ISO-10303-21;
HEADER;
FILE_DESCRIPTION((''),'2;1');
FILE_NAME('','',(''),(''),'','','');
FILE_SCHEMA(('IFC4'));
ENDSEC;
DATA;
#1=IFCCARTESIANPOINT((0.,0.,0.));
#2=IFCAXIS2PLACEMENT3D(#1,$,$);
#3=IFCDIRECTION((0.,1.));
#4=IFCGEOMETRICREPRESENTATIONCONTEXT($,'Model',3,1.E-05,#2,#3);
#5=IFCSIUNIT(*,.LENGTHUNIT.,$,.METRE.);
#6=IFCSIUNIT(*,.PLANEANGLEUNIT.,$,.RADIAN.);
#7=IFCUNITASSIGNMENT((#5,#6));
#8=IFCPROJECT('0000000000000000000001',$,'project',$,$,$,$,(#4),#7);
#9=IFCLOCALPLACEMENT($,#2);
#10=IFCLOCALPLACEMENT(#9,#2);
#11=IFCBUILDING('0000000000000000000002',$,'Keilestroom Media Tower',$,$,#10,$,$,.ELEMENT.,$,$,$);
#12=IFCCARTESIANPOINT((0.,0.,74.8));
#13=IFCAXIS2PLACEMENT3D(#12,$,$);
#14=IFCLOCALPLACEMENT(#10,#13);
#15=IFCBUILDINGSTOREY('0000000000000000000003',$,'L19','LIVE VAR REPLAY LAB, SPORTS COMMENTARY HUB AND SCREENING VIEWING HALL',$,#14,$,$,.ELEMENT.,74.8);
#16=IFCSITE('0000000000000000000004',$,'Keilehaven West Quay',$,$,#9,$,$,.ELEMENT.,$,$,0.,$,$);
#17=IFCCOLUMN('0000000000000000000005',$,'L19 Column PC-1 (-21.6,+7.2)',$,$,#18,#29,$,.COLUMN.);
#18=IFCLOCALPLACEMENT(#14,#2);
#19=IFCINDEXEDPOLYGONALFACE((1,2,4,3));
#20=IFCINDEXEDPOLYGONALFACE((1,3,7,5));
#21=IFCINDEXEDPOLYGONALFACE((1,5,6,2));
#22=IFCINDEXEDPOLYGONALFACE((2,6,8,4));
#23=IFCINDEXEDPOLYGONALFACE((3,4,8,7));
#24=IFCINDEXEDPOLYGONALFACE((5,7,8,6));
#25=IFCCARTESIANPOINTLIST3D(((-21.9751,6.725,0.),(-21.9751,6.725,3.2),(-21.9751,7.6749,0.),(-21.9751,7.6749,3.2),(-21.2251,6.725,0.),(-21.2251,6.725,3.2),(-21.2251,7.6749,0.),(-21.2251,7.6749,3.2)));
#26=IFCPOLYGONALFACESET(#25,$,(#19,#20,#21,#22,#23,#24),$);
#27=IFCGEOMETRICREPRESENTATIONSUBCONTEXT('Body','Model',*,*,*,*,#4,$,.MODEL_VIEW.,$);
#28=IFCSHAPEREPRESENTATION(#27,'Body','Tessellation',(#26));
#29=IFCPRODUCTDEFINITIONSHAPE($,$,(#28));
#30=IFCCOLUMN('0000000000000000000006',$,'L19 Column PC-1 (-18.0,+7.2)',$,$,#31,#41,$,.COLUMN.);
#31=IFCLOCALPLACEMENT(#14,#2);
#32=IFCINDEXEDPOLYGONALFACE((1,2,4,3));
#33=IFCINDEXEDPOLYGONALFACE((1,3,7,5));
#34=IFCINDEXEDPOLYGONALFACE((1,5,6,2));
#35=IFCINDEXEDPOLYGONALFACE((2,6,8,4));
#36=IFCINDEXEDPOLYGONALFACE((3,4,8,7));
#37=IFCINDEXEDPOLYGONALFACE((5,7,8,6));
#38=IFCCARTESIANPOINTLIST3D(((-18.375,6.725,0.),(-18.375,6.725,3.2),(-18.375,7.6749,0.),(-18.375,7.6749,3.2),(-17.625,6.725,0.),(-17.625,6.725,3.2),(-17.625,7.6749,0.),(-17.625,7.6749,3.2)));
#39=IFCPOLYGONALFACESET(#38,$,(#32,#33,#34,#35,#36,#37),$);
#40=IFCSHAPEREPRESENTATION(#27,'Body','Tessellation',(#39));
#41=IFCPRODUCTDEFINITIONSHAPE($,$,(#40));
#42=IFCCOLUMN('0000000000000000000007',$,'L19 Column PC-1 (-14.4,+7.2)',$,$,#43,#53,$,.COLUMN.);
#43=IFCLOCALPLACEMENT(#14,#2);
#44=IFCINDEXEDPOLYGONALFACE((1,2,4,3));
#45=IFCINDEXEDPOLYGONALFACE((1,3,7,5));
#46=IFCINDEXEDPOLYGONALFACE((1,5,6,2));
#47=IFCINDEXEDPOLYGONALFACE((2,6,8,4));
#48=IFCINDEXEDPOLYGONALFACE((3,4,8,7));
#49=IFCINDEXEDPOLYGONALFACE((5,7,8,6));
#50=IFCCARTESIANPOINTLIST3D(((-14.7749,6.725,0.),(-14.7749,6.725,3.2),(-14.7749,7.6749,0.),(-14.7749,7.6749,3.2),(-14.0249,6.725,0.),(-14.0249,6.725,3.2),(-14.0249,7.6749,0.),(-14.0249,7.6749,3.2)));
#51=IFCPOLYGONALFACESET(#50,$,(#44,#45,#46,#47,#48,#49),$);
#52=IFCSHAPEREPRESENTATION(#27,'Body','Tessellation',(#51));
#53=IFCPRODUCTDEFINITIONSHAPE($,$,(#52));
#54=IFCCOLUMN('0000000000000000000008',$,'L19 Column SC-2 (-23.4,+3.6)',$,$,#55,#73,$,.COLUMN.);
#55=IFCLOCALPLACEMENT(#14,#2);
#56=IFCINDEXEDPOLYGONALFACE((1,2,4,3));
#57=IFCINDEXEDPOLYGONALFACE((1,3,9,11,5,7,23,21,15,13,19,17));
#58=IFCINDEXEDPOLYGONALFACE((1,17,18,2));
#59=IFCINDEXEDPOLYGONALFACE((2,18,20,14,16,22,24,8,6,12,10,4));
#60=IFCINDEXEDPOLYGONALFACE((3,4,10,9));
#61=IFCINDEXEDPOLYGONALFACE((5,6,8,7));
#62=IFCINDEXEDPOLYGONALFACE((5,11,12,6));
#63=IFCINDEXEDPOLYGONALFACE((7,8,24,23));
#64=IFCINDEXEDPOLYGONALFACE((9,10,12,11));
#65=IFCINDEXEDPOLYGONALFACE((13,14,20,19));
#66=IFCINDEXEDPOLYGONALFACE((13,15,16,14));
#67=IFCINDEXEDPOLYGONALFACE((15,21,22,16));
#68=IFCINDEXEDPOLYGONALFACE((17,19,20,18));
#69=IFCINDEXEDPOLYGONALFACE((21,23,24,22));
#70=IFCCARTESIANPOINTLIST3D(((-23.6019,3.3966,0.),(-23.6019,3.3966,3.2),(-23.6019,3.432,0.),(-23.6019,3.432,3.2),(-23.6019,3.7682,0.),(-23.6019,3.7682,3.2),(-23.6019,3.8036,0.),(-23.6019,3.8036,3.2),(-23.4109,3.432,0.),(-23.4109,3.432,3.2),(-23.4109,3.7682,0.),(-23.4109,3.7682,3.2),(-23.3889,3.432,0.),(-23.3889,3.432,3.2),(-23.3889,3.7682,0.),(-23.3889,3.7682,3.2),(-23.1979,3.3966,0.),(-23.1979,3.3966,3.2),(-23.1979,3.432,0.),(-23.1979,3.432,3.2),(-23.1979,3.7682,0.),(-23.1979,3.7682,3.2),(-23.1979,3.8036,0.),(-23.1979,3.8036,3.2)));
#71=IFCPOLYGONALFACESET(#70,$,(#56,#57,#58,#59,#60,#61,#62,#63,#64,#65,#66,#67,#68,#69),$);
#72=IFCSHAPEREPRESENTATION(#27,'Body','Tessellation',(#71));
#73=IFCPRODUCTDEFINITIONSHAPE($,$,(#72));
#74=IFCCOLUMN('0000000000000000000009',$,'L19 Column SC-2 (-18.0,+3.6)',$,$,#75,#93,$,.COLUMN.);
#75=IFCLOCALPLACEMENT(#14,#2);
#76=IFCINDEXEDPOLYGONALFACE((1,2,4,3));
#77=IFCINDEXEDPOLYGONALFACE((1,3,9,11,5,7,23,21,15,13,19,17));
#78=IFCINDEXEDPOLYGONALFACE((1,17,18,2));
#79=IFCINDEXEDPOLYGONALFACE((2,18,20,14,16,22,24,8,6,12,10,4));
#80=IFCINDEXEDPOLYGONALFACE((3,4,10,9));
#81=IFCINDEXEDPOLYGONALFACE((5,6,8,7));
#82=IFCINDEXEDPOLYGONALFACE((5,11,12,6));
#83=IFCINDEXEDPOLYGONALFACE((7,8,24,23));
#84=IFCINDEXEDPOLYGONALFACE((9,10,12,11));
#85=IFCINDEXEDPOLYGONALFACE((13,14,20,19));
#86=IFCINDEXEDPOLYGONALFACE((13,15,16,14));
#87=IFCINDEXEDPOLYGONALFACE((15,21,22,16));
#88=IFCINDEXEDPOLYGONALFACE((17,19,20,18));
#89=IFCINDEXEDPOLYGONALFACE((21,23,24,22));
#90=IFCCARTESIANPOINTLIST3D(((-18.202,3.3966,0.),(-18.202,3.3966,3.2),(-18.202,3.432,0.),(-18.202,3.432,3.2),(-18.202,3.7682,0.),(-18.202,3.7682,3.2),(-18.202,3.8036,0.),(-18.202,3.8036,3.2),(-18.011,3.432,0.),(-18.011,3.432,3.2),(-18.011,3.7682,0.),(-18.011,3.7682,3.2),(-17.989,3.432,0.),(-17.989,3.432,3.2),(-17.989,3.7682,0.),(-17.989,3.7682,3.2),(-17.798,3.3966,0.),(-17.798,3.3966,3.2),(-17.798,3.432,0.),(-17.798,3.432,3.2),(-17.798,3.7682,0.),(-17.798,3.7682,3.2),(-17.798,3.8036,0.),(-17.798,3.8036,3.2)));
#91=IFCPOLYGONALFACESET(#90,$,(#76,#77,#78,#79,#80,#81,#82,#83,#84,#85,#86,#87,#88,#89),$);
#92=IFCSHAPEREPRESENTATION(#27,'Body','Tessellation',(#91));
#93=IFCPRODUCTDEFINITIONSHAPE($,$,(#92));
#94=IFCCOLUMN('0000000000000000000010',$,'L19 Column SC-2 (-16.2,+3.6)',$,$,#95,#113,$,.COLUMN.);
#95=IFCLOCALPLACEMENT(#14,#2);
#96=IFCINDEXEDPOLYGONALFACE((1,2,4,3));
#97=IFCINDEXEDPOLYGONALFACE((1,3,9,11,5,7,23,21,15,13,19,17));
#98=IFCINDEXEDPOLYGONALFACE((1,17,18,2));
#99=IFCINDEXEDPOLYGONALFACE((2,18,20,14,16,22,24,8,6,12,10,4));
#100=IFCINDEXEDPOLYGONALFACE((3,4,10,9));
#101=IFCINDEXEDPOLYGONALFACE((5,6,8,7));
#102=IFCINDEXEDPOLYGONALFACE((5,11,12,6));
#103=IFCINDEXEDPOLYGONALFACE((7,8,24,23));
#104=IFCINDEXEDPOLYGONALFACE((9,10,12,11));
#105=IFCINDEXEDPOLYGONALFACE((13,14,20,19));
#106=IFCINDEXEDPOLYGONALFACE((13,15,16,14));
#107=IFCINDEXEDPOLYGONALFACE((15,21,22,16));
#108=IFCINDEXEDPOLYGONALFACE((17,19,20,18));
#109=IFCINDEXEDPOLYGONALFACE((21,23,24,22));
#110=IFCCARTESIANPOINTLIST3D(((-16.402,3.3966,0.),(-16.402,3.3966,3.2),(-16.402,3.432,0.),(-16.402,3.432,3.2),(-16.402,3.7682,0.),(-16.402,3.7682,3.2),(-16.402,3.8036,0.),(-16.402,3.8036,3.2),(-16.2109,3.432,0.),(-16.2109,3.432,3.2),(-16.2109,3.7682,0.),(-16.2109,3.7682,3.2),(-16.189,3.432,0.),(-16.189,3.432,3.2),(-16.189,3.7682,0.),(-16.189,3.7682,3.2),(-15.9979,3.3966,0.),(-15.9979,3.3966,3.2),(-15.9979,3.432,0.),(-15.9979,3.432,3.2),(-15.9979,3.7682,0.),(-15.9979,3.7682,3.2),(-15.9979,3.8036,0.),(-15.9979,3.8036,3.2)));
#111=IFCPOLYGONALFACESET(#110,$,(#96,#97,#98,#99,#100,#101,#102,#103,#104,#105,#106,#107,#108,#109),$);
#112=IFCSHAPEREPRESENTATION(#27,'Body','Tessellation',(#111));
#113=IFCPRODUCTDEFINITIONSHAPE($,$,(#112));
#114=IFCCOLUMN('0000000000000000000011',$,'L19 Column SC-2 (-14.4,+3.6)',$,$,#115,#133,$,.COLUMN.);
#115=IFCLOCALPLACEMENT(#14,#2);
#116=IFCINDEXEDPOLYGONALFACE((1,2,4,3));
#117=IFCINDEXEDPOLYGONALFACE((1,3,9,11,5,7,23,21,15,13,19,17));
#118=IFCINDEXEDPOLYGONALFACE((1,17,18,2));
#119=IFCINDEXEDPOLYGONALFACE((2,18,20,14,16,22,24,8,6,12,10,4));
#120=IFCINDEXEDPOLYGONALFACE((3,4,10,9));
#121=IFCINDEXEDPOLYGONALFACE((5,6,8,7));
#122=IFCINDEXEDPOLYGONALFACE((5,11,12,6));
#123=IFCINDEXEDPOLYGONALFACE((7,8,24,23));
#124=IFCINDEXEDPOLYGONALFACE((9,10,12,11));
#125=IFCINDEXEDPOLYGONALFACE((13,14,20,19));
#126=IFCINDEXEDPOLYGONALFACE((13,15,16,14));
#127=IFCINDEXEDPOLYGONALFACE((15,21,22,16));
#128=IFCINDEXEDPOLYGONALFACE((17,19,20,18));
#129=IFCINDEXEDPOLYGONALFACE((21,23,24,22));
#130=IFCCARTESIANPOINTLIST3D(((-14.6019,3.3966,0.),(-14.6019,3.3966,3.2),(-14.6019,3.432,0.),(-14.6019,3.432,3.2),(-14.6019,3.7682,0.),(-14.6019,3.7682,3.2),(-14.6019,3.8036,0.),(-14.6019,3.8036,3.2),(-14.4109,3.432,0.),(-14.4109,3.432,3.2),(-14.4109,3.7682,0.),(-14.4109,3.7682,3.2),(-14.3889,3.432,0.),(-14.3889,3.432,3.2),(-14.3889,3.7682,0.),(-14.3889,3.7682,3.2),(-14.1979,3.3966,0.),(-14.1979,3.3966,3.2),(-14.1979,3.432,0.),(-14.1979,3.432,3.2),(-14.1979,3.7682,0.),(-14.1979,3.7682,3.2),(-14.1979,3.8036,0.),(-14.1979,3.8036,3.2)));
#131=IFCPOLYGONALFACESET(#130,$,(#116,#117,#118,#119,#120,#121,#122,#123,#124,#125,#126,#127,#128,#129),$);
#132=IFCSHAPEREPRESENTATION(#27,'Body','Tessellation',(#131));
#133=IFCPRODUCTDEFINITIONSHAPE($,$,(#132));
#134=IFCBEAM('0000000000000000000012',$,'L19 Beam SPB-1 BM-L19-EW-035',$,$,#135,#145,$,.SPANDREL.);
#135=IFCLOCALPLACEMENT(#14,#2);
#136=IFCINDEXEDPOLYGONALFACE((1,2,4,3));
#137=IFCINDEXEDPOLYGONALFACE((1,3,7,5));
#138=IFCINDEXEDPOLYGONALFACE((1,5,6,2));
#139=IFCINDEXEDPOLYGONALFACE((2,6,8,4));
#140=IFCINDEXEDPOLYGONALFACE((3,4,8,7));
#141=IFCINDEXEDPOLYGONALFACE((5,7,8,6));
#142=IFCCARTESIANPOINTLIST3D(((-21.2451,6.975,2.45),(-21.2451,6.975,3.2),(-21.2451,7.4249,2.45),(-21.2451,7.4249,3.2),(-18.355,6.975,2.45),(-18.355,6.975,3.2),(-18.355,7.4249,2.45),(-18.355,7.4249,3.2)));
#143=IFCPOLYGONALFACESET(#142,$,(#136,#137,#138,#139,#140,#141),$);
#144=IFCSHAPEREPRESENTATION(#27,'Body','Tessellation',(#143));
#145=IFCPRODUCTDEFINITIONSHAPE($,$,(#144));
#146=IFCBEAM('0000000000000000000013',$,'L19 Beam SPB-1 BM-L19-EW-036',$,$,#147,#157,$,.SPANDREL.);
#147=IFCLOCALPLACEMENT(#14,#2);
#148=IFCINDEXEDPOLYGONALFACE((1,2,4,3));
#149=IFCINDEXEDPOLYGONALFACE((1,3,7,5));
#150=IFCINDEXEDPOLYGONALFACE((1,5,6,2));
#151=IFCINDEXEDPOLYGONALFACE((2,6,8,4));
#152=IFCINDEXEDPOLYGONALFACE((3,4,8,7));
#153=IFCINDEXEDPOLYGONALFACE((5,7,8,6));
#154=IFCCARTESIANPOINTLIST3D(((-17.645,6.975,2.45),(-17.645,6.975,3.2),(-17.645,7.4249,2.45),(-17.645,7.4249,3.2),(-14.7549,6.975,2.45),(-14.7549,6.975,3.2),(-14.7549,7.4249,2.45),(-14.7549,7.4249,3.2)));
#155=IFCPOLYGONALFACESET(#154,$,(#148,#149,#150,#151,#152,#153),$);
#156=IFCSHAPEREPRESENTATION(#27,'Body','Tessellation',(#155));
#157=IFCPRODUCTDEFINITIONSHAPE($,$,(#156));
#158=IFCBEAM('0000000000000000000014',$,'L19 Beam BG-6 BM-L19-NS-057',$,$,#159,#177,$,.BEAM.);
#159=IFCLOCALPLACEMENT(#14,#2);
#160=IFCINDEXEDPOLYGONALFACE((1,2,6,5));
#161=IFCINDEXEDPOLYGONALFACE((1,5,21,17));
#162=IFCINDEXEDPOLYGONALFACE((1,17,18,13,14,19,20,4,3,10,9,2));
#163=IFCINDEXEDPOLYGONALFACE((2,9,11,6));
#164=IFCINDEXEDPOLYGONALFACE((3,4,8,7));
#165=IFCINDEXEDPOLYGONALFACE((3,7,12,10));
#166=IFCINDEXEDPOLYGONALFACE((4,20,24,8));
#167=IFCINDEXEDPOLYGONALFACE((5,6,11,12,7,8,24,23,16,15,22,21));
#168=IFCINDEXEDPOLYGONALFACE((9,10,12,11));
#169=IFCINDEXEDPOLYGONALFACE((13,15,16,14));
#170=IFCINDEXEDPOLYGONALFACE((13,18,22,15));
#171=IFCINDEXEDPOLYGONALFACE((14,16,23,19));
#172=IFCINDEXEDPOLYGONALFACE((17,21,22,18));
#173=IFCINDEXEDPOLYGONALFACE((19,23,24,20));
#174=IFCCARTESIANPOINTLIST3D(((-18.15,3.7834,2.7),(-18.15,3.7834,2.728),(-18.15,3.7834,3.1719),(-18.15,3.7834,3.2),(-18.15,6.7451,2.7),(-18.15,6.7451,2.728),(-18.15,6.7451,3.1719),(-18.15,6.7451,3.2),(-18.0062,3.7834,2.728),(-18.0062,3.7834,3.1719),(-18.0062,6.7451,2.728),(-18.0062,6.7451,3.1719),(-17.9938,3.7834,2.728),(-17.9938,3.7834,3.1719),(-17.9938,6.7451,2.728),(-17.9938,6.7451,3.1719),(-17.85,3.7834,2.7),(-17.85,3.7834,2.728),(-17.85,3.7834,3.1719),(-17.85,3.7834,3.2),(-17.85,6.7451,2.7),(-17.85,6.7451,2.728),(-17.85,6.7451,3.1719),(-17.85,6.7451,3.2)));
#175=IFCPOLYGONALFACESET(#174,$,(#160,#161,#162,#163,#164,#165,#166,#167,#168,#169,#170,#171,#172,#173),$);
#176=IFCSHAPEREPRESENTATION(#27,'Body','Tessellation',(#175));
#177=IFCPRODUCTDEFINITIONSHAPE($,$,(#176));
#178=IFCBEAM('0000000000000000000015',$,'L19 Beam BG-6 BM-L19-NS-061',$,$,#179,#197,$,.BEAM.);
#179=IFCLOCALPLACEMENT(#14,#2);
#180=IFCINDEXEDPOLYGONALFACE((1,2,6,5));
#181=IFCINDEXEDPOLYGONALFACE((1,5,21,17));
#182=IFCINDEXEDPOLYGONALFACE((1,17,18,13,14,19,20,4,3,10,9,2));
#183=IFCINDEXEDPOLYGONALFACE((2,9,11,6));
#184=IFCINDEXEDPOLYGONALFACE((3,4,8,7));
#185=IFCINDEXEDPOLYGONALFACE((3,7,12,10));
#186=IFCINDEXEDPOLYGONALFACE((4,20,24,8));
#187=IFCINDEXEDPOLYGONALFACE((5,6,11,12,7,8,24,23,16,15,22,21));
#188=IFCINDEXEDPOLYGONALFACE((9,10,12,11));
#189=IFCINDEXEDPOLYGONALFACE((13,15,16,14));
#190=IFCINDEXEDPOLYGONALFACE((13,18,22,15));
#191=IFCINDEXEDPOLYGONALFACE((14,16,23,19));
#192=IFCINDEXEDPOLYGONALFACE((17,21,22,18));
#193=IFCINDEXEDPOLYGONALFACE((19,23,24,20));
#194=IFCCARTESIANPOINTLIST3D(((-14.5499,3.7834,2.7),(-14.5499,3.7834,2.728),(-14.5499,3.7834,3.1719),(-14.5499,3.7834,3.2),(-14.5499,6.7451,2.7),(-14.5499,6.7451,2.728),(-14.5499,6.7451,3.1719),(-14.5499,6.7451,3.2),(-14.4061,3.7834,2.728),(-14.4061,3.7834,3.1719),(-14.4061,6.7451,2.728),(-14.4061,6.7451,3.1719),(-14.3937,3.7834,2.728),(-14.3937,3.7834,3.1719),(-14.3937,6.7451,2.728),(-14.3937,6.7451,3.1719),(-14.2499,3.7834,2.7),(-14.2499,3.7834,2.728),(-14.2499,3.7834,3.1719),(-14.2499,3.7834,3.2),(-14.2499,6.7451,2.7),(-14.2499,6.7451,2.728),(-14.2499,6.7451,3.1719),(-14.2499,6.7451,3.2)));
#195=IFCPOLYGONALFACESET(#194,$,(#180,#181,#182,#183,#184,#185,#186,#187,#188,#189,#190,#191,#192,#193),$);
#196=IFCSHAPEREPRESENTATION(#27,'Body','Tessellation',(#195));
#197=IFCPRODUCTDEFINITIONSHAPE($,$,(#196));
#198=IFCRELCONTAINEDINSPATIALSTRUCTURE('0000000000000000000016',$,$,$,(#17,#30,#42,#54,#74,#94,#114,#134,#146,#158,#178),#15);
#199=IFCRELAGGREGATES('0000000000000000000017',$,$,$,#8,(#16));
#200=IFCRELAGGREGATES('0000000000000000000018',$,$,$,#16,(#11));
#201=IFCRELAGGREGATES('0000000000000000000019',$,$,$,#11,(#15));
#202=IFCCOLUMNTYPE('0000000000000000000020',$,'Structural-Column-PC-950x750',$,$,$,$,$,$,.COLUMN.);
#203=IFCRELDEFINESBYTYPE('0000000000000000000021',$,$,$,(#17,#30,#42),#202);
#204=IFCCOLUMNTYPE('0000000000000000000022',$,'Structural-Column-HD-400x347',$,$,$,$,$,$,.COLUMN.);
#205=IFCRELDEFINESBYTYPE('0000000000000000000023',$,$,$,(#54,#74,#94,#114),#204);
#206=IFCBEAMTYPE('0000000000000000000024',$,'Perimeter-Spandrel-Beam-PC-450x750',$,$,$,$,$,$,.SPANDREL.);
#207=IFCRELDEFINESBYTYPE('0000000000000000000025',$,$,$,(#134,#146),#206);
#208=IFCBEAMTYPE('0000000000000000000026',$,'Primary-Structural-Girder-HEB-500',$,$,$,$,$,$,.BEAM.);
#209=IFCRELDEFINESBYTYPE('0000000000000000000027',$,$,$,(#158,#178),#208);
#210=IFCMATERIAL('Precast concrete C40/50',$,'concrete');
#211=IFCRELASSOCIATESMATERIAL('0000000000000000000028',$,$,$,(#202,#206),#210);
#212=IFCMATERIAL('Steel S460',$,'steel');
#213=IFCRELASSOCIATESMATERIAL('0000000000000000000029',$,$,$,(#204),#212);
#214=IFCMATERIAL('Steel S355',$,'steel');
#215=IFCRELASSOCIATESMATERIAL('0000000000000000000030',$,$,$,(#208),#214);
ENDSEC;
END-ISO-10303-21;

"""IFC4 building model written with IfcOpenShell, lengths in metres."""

from ifc_helpers import new_model, si_unit, direction, frame, origin, origin_2d, place, context, subcontext, project, spatial, rectangle, i_section, extrude, source, transform, mapped, material, material_profile, profile_set, type_object, element, save


model = new_model("IFC4")

# Units and contexts
model_context = context("Model", 3, precision=1e-05, world=origin(), true_north=direction((0.0, 1.0)))
body_context = subcontext(model_context, "Body", "Model", "MODEL_VIEW")
ifc_project = project(units=[si_unit("LENGTHUNIT", "METRE"), si_unit("PLANEANGLEUNIT", "RADIAN")], contexts=[model_context])

# Site, building, storey
site_placement = place(None, origin())
site = spatial("IfcSite", under=ifc_project, at=site_placement, Name="Keilehaven West Quay", CompositionType="ELEMENT", RefElevation=0.0)
building_placement = place(site_placement, origin())
building = spatial("IfcBuilding", under=site, at=building_placement, Name="Keilestroom Media Tower", CompositionType="ELEMENT")
storey_placement = place(building_placement, frame((0.0, 0.0, 74.8)))
storey = spatial("IfcBuildingStorey", under=building, at=storey_placement, Name="L19", Description="LIVE VAR REPLAY LAB, SPORTS COMMENTARY HUB AND SCREENING VIEWING HALL", CompositionType="ELEMENT", Elevation=74.8)

# Columns
ifc_material_1 = material(Name="Precast concrete C40/50", Category="concrete")
ifc_material_profile_1 = material_profile(ifc_material_1, rectangle(XDim=0.75, YDim=0.95, at=origin_2d()), Name="PC 950x750")
ifc_profile_set_1 = profile_set([ifc_material_profile_1], Name="Precast concrete C40/50")
column_type_1 = type_object("IfcColumnType", Name="Structural-Column-PC-950x750", PredefinedType="COLUMN", material=ifc_profile_set_1)
shared_shape_1 = source(origin(), body_context, "Body", "SweptSolid", [
    extrude(rectangle(XDim=0.75, YDim=0.95, at=origin_2d()), origin(), (0.0, 0.0, 1.0), 3.2),
])
for number, where, z_axis, x_axis, name in (
    (1, (-21.6001, 7.2, 0.0), (0.0, 0.0, 1.0), (1.0, 0.0, 0.0), "L19 Column PC-1 (-21.6,+7.2)"),
    (2, (-18.0, 7.2, 0.0), (0.0, 0.0, 1.0), (1.0, 0.0, 0.0), "L19 Column PC-1 (-18.0,+7.2)"),
    (3, (-14.3999, 7.2, 0.0), (0.0, 0.0, 1.0), (1.0, 0.0, 0.0), "L19 Column PC-1 (-14.4,+7.2)"),
):
    element("IfcColumn", number, at=place(storey_placement, frame(where, z_axis=z_axis, x_axis=x_axis)), inside=storey, type_object=column_type_1, Name=name, PredefinedType="COLUMN", context=body_context, shape_type="MappedRepresentation", body=[
        mapped(shared_shape_1, transform((0.0, 0.0, 0.0), x_axis=(1.0, 0.0, 0.0), y_axis=(0.0, 1.0, 0.0), z_axis=(0.0, 0.0, 1.0), scale=1.0)),
    ])
ifc_material_2 = material(Name="Steel S460", Category="steel")
ifc_material_profile_2 = material_profile(ifc_material_2, i_section(OverallWidth=0.4041, OverallDepth=0.407, WebThickness=0.022, FlangeThickness=0.0354, at=origin_2d()), Name="HD 400x347")
ifc_profile_set_2 = profile_set([ifc_material_profile_2], Name="Steel S460")
column_type_2 = type_object("IfcColumnType", Name="Structural-Column-HD-400x347", PredefinedType="COLUMN", material=ifc_profile_set_2)
shared_shape_2 = source(origin(), body_context, "Body", "SweptSolid", [
    extrude(i_section(OverallWidth=0.4041, OverallDepth=0.407, WebThickness=0.022, FlangeThickness=0.0354, at=origin_2d()), origin(), (0.0, 0.0, 1.0), 3.2),
])
for number, where, z_axis, x_axis, name in (
    (4, (-23.3999, 3.6001, 0.0), (0.0, 0.0, 1.0), (1.0, 0.0, 0.0), "L19 Column SC-2 (-23.4,+3.6)"),
    (5, (-18.0, 3.6001, 0.0), (0.0, 0.0, 1.0), (1.0, 0.0, 0.0), "L19 Column SC-2 (-18.0,+3.6)"),
    (6, (-16.2, 3.6001, 0.0), (0.0, 0.0, 1.0), (1.0, 0.0, 0.0), "L19 Column SC-2 (-16.2,+3.6)"),
    (7, (-14.3999, 3.6001, 0.0), (0.0, 0.0, 1.0), (1.0, 0.0, 0.0), "L19 Column SC-2 (-14.4,+3.6)"),
):
    element("IfcColumn", number, at=place(storey_placement, frame(where, z_axis=z_axis, x_axis=x_axis)), inside=storey, type_object=column_type_2, Name=name, PredefinedType="COLUMN", context=body_context, shape_type="MappedRepresentation", body=[
        mapped(shared_shape_2, transform((0.0, 0.0, 0.0), x_axis=(1.0, 0.0, 0.0), y_axis=(0.0, 1.0, 0.0), z_axis=(0.0, 0.0, 1.0), scale=1.0)),
    ])

# Beams
ifc_material_profile_3 = material_profile(ifc_material_1, rectangle(XDim=0.45, YDim=0.75, at=origin_2d()), Name="PC 450x750")
ifc_profile_set_3 = profile_set([ifc_material_profile_3], Name="Precast concrete C40/50")
beam_type_1 = type_object("IfcBeamType", Name="Perimeter-Spandrel-Beam-PC-450x750", PredefinedType="SPANDREL", material=ifc_profile_set_3)
shared_shape_3 = source(origin(), body_context, "Body", "SweptSolid", [
    extrude(rectangle(XDim=0.45, YDim=0.75, at=origin_2d()), origin(), (0.0, 0.0, 1.0), 2.8901),
])
for number, where, z_axis, x_axis, name in (
    (8, (-21.2451, 7.2, 2.825), (1.0, 0.0, 0.0), (0.0, 1.0, 0.0), "L19 Beam SPB-1 BM-L19-EW-035"),
    (9, (-17.645, 7.2, 2.825), (1.0, 0.0, 0.0), (0.0, 1.0, 0.0), "L19 Beam SPB-1 BM-L19-EW-036"),
):
    element("IfcBeam", number, at=place(storey_placement, frame(where, z_axis=z_axis, x_axis=x_axis)), inside=storey, type_object=beam_type_1, Name=name, PredefinedType="SPANDREL", context=body_context, shape_type="MappedRepresentation", body=[
        mapped(shared_shape_3, transform((0.0, 0.0, 0.0), x_axis=(1.0, 0.0, 0.0), y_axis=(0.0, 1.0, 0.0), z_axis=(0.0, 0.0, 1.0), scale=1.0)),
    ])
ifc_material_3 = material(Name="Steel S355", Category="steel")
ifc_material_profile_4 = material_profile(ifc_material_3, i_section(OverallWidth=0.3, OverallDepth=0.5, WebThickness=0.0125, FlangeThickness=0.0281, at=origin_2d()), Name="HEB 500")
ifc_profile_set_4 = profile_set([ifc_material_profile_4], Name="Steel S355")
beam_type_2 = type_object("IfcBeamType", Name="Primary-Structural-Girder-HEB-500", PredefinedType="BEAM", material=ifc_profile_set_4)
shared_shape_4 = source(origin(), body_context, "Body", "SweptSolid", [
    extrude(i_section(OverallWidth=0.3, OverallDepth=0.5, WebThickness=0.0125, FlangeThickness=0.0281, at=origin_2d()), origin(), (0.0, 0.0, 1.0), 2.9617),
])
for number, where, z_axis, x_axis, name in (
    (10, (-18.0, 3.7834, 2.95), (0.0, 1.0, 0.0), (-1.0, 0.0, 0.0), "L19 Beam BG-6 BM-L19-NS-057"),
    (11, (-14.3999, 3.7834, 2.95), (0.0, 1.0, 0.0), (-1.0, 0.0, 0.0), "L19 Beam BG-6 BM-L19-NS-061"),
):
    element("IfcBeam", number, at=place(storey_placement, frame(where, z_axis=z_axis, x_axis=x_axis)), inside=storey, type_object=beam_type_2, Name=name, PredefinedType="BEAM", context=body_context, shape_type="MappedRepresentation", body=[
        mapped(shared_shape_4, transform((0.0, 0.0, 0.0), x_axis=(1.0, 0.0, 0.0), y_axis=(0.0, 1.0, 0.0), z_axis=(0.0, 0.0, 1.0), scale=1.0)),
    ])

save(model, "model.ifc")
